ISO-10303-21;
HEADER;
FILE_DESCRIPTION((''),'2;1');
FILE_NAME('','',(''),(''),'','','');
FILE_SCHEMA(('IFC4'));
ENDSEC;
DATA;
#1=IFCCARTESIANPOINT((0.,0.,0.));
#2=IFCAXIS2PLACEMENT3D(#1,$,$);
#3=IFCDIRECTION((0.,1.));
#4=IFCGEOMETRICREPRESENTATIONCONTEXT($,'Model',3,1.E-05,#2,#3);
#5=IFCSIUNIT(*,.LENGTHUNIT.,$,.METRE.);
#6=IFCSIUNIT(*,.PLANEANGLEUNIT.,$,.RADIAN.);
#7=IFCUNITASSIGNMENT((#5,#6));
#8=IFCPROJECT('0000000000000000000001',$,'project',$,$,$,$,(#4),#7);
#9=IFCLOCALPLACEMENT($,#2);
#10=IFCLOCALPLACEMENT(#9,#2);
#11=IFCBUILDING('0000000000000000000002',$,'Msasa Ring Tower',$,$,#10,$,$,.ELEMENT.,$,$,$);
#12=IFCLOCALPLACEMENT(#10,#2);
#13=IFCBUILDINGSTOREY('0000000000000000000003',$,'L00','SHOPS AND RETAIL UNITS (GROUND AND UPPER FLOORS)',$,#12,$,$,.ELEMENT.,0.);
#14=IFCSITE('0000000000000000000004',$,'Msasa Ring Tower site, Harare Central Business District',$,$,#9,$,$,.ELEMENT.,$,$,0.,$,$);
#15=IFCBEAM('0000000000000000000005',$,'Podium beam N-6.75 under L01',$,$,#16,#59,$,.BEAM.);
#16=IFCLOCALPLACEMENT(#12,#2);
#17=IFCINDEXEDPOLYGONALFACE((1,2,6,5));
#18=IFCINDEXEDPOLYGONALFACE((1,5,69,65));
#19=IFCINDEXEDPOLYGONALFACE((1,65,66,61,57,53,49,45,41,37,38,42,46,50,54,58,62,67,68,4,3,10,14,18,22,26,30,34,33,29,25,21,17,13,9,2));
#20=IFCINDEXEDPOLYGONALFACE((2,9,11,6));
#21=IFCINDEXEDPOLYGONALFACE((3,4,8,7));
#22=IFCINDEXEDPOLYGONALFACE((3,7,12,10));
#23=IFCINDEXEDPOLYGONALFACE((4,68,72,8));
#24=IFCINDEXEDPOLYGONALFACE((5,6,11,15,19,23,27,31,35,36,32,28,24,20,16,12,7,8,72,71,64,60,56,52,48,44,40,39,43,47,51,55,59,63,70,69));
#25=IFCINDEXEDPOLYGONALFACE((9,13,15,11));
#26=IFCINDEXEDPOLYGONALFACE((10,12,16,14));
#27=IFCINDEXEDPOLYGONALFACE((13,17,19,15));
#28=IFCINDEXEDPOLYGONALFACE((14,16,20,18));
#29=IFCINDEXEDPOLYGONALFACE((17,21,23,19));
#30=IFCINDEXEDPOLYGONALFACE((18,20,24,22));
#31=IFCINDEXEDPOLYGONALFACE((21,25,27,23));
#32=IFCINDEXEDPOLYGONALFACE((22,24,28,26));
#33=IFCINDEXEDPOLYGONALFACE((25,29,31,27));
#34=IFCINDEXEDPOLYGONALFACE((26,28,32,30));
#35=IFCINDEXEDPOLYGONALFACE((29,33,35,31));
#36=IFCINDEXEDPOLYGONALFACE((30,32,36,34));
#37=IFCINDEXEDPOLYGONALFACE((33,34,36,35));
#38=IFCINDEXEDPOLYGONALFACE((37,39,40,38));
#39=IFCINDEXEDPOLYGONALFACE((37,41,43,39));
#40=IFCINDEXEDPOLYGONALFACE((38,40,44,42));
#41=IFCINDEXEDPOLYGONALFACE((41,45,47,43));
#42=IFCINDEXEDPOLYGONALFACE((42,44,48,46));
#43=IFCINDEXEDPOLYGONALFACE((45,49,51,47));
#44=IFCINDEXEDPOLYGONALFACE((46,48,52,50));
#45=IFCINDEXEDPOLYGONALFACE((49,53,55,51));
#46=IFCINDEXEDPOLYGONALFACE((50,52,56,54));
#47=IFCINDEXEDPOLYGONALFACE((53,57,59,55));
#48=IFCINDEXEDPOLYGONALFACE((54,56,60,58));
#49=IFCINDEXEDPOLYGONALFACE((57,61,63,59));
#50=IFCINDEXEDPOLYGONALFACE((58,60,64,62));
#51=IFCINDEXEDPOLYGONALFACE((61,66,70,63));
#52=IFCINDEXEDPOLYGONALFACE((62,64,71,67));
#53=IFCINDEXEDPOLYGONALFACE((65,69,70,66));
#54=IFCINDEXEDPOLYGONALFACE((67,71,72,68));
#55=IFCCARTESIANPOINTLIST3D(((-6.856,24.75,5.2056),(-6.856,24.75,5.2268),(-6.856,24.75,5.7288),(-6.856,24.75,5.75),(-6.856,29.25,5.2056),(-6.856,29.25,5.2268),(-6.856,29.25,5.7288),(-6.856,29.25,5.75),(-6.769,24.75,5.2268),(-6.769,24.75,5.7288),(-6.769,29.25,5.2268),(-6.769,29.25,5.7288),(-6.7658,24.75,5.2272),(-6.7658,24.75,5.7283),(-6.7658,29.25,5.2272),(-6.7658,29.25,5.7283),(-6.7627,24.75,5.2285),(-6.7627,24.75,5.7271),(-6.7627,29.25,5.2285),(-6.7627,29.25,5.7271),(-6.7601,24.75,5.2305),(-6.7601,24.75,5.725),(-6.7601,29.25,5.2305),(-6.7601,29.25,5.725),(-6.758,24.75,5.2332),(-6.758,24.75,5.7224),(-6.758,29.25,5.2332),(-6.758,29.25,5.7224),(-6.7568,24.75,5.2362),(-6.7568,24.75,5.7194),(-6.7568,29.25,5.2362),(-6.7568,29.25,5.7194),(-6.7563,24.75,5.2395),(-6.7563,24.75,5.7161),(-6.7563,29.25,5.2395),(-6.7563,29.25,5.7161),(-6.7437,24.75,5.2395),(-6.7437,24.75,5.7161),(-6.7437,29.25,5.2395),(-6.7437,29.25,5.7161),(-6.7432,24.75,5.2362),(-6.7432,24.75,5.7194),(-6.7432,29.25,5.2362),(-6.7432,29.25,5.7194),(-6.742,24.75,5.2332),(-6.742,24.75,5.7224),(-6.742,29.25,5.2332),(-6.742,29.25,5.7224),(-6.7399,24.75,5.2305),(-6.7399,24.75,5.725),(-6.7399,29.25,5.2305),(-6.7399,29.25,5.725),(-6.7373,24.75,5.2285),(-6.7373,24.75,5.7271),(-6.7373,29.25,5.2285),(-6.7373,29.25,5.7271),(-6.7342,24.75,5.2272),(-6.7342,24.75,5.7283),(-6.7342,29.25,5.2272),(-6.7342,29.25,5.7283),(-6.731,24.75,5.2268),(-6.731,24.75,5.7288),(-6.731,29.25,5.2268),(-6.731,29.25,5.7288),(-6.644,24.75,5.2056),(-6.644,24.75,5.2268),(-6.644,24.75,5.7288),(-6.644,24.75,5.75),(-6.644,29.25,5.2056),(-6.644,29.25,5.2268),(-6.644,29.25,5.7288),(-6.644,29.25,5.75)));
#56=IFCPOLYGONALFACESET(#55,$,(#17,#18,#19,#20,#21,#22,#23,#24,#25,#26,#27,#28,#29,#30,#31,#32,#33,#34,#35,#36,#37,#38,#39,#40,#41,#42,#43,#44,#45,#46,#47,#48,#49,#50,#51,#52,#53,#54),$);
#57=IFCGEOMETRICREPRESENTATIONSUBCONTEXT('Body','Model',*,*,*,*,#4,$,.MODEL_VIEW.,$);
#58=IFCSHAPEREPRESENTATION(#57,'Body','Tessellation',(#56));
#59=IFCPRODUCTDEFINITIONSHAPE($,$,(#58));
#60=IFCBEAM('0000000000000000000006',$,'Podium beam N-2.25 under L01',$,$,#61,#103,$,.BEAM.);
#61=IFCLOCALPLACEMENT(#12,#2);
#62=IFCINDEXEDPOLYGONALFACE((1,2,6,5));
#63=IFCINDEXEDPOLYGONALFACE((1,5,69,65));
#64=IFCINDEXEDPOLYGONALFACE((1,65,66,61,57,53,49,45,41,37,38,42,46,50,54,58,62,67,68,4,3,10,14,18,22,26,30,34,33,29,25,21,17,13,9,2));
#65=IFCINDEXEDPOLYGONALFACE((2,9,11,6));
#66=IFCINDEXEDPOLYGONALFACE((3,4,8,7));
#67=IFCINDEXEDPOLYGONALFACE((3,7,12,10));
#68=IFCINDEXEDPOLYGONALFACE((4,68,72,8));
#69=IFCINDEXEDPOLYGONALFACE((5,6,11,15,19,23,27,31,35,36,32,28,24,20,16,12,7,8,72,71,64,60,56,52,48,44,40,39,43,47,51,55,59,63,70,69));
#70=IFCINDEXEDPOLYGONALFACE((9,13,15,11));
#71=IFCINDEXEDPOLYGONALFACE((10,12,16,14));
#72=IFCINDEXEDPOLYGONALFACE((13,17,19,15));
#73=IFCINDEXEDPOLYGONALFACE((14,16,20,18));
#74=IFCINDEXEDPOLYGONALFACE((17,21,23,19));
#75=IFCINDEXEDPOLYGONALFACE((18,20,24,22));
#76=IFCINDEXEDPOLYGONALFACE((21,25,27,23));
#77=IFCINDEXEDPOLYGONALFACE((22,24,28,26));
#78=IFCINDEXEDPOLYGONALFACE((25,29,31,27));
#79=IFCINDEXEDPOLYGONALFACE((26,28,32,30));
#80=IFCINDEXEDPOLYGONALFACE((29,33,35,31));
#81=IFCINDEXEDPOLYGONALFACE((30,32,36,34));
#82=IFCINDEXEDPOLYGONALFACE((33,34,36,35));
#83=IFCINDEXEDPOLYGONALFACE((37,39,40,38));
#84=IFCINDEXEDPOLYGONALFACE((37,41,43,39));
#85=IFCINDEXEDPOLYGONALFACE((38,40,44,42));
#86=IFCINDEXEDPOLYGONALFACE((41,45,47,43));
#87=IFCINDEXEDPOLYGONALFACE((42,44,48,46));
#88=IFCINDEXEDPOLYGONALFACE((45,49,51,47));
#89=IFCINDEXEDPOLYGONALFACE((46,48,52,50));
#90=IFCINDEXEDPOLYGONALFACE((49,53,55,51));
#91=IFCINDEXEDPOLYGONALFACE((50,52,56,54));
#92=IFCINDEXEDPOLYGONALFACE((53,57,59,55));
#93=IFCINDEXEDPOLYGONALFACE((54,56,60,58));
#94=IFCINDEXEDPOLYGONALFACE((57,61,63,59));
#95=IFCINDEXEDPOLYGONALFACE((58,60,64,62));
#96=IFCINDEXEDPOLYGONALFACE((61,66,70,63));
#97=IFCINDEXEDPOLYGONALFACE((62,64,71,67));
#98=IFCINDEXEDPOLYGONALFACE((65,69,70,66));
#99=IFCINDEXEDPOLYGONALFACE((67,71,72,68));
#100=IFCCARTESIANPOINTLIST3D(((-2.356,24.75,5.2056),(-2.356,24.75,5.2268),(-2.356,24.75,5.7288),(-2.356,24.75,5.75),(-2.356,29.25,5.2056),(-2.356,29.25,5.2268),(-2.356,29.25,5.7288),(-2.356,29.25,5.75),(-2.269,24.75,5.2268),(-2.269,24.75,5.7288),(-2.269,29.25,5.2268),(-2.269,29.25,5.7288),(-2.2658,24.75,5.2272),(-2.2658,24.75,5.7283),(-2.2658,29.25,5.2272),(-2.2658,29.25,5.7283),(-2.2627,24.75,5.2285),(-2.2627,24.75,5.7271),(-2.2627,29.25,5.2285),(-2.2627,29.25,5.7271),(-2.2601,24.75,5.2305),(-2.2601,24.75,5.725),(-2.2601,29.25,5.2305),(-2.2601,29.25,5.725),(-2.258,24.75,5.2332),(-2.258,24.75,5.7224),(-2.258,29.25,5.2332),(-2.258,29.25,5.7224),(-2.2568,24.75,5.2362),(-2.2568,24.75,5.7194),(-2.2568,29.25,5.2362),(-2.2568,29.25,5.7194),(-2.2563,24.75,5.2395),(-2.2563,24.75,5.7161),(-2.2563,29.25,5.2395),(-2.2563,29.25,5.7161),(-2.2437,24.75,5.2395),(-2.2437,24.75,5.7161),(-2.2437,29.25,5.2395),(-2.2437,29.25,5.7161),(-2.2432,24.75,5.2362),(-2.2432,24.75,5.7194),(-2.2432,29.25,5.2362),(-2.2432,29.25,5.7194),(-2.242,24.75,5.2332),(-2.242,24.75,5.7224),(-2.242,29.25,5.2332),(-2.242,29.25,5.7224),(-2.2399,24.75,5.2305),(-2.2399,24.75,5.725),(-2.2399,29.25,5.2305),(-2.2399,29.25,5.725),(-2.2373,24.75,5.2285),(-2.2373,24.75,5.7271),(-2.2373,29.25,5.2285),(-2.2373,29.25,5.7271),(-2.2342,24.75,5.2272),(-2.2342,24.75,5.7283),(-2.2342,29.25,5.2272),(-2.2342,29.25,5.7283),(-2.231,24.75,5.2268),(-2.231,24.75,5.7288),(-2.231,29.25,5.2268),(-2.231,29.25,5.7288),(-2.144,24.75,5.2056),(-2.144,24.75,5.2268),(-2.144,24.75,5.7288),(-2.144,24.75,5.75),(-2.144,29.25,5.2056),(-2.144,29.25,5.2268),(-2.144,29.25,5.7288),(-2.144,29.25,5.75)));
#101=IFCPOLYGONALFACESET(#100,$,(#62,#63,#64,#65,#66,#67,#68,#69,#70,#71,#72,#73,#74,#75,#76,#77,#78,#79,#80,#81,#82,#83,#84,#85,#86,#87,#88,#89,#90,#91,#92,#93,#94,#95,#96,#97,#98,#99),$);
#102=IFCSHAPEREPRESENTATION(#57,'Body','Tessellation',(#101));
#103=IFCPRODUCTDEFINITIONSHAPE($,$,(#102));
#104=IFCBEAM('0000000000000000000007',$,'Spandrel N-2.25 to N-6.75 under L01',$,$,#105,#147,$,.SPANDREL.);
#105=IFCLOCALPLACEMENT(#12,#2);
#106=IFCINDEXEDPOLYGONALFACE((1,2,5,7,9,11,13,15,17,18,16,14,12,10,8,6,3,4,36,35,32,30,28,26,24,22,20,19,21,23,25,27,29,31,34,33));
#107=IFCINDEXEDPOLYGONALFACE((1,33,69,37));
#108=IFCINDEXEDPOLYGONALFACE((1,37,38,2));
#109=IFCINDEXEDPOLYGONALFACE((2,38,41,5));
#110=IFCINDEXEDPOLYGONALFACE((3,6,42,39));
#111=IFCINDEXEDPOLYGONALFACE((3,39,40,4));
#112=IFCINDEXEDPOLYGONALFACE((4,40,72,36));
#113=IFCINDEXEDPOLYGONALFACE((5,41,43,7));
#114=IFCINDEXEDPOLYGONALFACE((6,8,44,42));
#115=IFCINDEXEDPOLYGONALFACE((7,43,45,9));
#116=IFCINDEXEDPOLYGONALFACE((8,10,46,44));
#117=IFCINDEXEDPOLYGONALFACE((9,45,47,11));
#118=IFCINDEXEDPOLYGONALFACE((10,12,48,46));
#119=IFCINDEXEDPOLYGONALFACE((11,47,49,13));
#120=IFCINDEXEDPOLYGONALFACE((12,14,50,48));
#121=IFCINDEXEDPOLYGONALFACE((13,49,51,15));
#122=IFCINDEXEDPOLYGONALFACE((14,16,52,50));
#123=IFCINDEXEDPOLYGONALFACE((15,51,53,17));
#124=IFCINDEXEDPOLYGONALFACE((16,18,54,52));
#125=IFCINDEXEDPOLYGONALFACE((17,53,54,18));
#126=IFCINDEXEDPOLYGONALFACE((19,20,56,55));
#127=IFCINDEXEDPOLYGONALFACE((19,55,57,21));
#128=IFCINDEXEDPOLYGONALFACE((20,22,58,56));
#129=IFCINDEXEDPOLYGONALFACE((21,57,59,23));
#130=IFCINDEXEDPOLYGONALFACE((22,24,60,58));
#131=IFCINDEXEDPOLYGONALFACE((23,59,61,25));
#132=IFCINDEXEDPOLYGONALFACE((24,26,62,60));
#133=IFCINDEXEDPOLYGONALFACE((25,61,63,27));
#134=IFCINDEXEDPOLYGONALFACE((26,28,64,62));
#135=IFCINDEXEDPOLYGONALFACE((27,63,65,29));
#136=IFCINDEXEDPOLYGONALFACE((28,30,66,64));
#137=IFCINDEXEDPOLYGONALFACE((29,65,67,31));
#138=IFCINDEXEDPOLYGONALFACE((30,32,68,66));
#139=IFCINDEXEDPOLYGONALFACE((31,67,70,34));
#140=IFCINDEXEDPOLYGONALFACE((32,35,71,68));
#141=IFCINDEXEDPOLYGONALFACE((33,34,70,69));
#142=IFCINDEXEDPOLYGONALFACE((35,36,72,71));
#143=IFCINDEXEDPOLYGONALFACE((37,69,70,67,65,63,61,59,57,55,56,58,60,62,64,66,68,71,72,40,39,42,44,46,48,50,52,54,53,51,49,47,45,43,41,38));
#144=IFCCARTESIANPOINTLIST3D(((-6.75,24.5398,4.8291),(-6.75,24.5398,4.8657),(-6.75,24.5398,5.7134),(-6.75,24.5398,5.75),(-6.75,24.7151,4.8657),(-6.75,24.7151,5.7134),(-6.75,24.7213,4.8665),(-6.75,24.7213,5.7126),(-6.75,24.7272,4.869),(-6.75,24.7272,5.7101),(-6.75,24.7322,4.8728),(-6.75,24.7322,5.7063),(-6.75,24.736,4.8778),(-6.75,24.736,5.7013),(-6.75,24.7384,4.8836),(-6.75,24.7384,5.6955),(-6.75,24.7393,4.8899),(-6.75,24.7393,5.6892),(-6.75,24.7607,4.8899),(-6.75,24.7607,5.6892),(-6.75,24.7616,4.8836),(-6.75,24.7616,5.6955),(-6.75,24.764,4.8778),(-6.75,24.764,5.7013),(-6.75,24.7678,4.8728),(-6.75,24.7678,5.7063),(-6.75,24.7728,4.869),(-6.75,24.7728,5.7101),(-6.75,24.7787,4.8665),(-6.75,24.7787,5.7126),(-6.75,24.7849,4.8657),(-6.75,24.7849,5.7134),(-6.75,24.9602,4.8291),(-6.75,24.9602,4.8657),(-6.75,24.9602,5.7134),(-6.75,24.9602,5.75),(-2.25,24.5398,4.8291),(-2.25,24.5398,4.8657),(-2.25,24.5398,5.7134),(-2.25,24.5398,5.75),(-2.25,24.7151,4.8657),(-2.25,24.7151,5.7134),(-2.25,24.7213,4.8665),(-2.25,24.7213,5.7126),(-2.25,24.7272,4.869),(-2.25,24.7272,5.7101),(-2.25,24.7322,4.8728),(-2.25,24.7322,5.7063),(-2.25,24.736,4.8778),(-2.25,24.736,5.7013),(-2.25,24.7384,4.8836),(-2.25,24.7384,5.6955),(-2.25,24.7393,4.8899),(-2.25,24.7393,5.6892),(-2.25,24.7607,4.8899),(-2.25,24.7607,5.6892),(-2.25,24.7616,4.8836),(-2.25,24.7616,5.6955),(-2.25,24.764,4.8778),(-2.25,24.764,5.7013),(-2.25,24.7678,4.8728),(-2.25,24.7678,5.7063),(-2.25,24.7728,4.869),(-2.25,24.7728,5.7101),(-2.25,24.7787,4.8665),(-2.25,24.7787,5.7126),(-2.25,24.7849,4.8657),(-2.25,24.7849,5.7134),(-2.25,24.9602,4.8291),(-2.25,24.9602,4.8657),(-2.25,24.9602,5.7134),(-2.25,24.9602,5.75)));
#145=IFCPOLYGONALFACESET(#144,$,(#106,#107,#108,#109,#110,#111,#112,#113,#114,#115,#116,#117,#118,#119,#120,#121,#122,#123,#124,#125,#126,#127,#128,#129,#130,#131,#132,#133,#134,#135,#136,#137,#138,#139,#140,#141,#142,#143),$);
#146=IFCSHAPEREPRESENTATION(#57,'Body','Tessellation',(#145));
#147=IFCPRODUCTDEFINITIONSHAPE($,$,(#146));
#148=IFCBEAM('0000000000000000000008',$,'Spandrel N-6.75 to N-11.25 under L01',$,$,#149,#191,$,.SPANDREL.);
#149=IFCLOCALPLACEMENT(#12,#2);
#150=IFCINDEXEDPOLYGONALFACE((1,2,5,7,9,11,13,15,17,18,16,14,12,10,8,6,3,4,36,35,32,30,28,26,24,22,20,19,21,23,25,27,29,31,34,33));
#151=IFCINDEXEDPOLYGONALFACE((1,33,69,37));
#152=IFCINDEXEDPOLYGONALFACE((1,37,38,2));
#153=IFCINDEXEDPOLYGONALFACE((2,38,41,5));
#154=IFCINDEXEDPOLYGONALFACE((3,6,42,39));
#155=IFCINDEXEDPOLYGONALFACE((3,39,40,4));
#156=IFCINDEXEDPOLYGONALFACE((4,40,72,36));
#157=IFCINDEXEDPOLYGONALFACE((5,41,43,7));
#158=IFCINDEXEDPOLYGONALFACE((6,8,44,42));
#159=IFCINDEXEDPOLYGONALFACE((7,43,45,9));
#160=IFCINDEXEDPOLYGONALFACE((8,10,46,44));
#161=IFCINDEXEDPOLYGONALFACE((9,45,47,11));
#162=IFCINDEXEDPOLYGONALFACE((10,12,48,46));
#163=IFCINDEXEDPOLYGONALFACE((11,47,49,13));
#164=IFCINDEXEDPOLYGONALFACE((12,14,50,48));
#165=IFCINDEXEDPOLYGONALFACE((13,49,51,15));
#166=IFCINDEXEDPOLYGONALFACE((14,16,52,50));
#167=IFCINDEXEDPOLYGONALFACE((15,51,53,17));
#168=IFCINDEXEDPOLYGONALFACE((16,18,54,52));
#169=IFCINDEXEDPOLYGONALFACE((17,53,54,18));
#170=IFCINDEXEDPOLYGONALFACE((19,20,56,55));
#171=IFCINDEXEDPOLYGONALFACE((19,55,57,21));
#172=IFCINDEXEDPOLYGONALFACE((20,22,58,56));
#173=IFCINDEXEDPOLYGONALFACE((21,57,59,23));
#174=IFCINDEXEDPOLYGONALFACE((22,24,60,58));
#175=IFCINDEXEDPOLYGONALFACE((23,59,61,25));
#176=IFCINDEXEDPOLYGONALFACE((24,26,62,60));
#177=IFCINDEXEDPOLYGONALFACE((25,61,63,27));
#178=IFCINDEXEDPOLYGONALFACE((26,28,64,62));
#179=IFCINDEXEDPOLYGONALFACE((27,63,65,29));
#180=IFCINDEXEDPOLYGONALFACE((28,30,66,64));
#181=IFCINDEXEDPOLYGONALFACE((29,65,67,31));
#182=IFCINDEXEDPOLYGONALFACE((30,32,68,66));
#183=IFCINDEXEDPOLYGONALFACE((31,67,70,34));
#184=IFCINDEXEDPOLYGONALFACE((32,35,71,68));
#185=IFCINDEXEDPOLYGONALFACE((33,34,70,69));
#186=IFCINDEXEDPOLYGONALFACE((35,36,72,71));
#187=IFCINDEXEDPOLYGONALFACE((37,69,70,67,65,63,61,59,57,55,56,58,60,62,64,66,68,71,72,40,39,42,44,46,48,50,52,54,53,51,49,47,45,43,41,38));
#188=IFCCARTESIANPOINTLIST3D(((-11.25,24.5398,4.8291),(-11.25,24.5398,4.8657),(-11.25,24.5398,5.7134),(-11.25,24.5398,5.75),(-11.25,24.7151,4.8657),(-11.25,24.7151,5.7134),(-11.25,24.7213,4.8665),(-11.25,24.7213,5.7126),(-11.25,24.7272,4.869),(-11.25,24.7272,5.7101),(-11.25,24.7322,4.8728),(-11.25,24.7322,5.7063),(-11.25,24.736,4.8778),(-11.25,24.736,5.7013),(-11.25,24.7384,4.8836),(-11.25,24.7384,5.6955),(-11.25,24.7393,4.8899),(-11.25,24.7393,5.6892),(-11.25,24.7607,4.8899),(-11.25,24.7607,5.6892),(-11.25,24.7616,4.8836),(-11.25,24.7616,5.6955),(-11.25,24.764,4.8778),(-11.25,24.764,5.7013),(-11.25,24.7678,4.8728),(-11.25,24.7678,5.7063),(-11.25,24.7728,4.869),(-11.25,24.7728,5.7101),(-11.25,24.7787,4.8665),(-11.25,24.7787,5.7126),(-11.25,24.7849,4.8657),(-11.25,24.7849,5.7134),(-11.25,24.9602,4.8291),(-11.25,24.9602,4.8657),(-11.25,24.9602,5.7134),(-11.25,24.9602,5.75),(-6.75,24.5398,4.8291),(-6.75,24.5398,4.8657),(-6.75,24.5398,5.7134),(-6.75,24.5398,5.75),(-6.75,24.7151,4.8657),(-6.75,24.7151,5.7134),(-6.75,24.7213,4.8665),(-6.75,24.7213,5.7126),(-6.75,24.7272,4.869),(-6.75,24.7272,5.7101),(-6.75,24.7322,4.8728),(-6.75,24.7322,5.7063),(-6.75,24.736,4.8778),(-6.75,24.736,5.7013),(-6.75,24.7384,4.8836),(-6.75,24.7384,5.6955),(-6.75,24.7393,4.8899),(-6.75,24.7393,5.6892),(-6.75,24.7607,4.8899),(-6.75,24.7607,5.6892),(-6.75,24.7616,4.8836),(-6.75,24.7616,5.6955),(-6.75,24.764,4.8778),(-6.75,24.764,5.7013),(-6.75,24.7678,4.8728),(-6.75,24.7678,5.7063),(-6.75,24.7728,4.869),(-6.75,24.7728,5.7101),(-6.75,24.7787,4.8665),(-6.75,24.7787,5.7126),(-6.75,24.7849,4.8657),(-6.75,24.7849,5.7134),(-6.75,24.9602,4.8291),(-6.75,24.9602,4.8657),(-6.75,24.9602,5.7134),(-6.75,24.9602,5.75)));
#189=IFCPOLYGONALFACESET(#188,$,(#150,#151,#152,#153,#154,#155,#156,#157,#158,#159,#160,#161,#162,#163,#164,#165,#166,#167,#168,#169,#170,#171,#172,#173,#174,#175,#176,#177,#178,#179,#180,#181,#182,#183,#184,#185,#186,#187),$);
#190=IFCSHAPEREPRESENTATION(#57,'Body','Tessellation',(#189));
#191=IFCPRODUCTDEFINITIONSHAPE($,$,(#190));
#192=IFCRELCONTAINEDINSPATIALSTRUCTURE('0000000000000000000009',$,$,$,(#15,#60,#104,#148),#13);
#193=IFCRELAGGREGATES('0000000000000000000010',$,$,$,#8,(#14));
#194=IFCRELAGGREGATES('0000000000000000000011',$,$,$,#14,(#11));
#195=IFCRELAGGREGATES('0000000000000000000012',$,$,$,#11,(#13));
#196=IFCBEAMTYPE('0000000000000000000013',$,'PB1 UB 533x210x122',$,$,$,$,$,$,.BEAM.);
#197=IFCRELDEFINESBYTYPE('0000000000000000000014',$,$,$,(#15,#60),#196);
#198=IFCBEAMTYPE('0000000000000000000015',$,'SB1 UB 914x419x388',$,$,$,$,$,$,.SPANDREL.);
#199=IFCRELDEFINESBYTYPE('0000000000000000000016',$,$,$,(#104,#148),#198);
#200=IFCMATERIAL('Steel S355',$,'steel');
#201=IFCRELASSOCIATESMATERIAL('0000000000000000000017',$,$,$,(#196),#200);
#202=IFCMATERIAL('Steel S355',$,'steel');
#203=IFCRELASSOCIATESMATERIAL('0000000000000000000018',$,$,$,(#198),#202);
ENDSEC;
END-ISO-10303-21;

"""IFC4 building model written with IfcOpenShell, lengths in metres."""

from ifc_helpers import new_model, si_unit, direction, frame, origin, origin_2d, place, context, subcontext, project, spatial, i_section, extrude, material, material_profile, profile_set, type_object, element, save


model = new_model("IFC4")

# Units and contexts
model_context = context("Model", 3, precision=1e-05, world=origin(), true_north=direction((0.0, 1.0)))
body_context = subcontext(model_context, "Body", "Model", "MODEL_VIEW")
ifc_project = project(units=[si_unit("LENGTHUNIT", "METRE"), si_unit("PLANEANGLEUNIT", "RADIAN")], contexts=[model_context])

# Site, building, storey
site_placement = place(None, origin())
site = spatial("IfcSite", under=ifc_project, at=site_placement, Name="Msasa Ring Tower site, Harare Central Business District", CompositionType="ELEMENT", RefElevation=0.0)
building_placement = place(site_placement, origin())
building = spatial("IfcBuilding", under=site, at=building_placement, Name="Msasa Ring Tower", CompositionType="ELEMENT")
storey_placement = place(building_placement, origin())
storey = spatial("IfcBuildingStorey", under=building, at=storey_placement, Name="L00", Description="SHOPS AND RETAIL UNITS (GROUND AND UPPER FLOORS)", CompositionType="ELEMENT", Elevation=0.0)

# Beams
ifc_material_1 = material(Name="Steel S355", Category="steel")
ifc_material_profile_1 = material_profile(ifc_material_1, i_section(OverallWidth=0.2119, OverallDepth=0.5444, WebThickness=0.0127, FlangeThickness=0.0212, FilletRadius=0.0127, at=origin_2d()), Name="UB 533x210x122")
ifc_profile_set_1 = profile_set([ifc_material_profile_1], Name="Steel S355")
beam_type_1 = type_object("IfcBeamType", Name="PB1 UB 533x210x122", PredefinedType="BEAM", material=ifc_profile_set_1)
for number, where, z_axis, x_axis, name in (
    (1, (-6.75, 29.25, 5.4778), (0.0, -1.0, 0.0), (1.0, 0.0, 0.0), "Podium beam N-6.75 under L01"),
    (2, (-2.25, 29.25, 5.4778), (0.0, -1.0, 0.0), (1.0, 0.0, 0.0), "Podium beam N-2.25 under L01"),
):
    element("IfcBeam", number, at=place(storey_placement, frame(where, z_axis=z_axis, x_axis=x_axis)), inside=storey, type_object=beam_type_1, Name=name, PredefinedType="BEAM", context=body_context, shape_type="SweptSolid", body=[
        extrude(i_section(OverallWidth=0.2119, OverallDepth=0.5444, WebThickness=0.0127, FlangeThickness=0.0212, FilletRadius=0.0127, at=origin_2d()), origin(), (0.0, 0.0, 1.0), 4.5),
    ])
ifc_material_2 = material(Name="Steel S355", Category="steel")
ifc_material_profile_2 = material_profile(ifc_material_2, i_section(OverallWidth=0.4204, OverallDepth=0.9209, WebThickness=0.0215, FlangeThickness=0.0366, FilletRadius=0.0242, at=origin_2d()), Name="UB 914x419x388")
ifc_profile_set_2 = profile_set([ifc_material_profile_2], Name="Steel S355")
beam_type_2 = type_object("IfcBeamType", Name="SB1 UB 914x419x388", PredefinedType="SPANDREL", material=ifc_profile_set_2)
for number, where, z_axis, x_axis, name in (
    (3, (-2.25, 24.75, 5.2896), (-1.0, 0.0, 0.0), (0.0, -1.0, 0.0), "Spandrel N-2.25 to N-6.75 under L01"),
    (4, (-6.75, 24.75, 5.2896), (-1.0, 0.0, 0.0), (0.0, -1.0, 0.0), "Spandrel N-6.75 to N-11.25 under L01"),
):
    element("IfcBeam", number, at=place(storey_placement, frame(where, z_axis=z_axis, x_axis=x_axis)), inside=storey, type_object=beam_type_2, Name=name, PredefinedType="SPANDREL", context=body_context, shape_type="SweptSolid", body=[
        extrude(i_section(OverallWidth=0.4204, OverallDepth=0.9209, WebThickness=0.0215, FlangeThickness=0.0366, FilletRadius=0.0242, at=origin_2d()), origin(), (0.0, 0.0, 1.0), 4.5),
    ])

save(model, "model.ifc")
